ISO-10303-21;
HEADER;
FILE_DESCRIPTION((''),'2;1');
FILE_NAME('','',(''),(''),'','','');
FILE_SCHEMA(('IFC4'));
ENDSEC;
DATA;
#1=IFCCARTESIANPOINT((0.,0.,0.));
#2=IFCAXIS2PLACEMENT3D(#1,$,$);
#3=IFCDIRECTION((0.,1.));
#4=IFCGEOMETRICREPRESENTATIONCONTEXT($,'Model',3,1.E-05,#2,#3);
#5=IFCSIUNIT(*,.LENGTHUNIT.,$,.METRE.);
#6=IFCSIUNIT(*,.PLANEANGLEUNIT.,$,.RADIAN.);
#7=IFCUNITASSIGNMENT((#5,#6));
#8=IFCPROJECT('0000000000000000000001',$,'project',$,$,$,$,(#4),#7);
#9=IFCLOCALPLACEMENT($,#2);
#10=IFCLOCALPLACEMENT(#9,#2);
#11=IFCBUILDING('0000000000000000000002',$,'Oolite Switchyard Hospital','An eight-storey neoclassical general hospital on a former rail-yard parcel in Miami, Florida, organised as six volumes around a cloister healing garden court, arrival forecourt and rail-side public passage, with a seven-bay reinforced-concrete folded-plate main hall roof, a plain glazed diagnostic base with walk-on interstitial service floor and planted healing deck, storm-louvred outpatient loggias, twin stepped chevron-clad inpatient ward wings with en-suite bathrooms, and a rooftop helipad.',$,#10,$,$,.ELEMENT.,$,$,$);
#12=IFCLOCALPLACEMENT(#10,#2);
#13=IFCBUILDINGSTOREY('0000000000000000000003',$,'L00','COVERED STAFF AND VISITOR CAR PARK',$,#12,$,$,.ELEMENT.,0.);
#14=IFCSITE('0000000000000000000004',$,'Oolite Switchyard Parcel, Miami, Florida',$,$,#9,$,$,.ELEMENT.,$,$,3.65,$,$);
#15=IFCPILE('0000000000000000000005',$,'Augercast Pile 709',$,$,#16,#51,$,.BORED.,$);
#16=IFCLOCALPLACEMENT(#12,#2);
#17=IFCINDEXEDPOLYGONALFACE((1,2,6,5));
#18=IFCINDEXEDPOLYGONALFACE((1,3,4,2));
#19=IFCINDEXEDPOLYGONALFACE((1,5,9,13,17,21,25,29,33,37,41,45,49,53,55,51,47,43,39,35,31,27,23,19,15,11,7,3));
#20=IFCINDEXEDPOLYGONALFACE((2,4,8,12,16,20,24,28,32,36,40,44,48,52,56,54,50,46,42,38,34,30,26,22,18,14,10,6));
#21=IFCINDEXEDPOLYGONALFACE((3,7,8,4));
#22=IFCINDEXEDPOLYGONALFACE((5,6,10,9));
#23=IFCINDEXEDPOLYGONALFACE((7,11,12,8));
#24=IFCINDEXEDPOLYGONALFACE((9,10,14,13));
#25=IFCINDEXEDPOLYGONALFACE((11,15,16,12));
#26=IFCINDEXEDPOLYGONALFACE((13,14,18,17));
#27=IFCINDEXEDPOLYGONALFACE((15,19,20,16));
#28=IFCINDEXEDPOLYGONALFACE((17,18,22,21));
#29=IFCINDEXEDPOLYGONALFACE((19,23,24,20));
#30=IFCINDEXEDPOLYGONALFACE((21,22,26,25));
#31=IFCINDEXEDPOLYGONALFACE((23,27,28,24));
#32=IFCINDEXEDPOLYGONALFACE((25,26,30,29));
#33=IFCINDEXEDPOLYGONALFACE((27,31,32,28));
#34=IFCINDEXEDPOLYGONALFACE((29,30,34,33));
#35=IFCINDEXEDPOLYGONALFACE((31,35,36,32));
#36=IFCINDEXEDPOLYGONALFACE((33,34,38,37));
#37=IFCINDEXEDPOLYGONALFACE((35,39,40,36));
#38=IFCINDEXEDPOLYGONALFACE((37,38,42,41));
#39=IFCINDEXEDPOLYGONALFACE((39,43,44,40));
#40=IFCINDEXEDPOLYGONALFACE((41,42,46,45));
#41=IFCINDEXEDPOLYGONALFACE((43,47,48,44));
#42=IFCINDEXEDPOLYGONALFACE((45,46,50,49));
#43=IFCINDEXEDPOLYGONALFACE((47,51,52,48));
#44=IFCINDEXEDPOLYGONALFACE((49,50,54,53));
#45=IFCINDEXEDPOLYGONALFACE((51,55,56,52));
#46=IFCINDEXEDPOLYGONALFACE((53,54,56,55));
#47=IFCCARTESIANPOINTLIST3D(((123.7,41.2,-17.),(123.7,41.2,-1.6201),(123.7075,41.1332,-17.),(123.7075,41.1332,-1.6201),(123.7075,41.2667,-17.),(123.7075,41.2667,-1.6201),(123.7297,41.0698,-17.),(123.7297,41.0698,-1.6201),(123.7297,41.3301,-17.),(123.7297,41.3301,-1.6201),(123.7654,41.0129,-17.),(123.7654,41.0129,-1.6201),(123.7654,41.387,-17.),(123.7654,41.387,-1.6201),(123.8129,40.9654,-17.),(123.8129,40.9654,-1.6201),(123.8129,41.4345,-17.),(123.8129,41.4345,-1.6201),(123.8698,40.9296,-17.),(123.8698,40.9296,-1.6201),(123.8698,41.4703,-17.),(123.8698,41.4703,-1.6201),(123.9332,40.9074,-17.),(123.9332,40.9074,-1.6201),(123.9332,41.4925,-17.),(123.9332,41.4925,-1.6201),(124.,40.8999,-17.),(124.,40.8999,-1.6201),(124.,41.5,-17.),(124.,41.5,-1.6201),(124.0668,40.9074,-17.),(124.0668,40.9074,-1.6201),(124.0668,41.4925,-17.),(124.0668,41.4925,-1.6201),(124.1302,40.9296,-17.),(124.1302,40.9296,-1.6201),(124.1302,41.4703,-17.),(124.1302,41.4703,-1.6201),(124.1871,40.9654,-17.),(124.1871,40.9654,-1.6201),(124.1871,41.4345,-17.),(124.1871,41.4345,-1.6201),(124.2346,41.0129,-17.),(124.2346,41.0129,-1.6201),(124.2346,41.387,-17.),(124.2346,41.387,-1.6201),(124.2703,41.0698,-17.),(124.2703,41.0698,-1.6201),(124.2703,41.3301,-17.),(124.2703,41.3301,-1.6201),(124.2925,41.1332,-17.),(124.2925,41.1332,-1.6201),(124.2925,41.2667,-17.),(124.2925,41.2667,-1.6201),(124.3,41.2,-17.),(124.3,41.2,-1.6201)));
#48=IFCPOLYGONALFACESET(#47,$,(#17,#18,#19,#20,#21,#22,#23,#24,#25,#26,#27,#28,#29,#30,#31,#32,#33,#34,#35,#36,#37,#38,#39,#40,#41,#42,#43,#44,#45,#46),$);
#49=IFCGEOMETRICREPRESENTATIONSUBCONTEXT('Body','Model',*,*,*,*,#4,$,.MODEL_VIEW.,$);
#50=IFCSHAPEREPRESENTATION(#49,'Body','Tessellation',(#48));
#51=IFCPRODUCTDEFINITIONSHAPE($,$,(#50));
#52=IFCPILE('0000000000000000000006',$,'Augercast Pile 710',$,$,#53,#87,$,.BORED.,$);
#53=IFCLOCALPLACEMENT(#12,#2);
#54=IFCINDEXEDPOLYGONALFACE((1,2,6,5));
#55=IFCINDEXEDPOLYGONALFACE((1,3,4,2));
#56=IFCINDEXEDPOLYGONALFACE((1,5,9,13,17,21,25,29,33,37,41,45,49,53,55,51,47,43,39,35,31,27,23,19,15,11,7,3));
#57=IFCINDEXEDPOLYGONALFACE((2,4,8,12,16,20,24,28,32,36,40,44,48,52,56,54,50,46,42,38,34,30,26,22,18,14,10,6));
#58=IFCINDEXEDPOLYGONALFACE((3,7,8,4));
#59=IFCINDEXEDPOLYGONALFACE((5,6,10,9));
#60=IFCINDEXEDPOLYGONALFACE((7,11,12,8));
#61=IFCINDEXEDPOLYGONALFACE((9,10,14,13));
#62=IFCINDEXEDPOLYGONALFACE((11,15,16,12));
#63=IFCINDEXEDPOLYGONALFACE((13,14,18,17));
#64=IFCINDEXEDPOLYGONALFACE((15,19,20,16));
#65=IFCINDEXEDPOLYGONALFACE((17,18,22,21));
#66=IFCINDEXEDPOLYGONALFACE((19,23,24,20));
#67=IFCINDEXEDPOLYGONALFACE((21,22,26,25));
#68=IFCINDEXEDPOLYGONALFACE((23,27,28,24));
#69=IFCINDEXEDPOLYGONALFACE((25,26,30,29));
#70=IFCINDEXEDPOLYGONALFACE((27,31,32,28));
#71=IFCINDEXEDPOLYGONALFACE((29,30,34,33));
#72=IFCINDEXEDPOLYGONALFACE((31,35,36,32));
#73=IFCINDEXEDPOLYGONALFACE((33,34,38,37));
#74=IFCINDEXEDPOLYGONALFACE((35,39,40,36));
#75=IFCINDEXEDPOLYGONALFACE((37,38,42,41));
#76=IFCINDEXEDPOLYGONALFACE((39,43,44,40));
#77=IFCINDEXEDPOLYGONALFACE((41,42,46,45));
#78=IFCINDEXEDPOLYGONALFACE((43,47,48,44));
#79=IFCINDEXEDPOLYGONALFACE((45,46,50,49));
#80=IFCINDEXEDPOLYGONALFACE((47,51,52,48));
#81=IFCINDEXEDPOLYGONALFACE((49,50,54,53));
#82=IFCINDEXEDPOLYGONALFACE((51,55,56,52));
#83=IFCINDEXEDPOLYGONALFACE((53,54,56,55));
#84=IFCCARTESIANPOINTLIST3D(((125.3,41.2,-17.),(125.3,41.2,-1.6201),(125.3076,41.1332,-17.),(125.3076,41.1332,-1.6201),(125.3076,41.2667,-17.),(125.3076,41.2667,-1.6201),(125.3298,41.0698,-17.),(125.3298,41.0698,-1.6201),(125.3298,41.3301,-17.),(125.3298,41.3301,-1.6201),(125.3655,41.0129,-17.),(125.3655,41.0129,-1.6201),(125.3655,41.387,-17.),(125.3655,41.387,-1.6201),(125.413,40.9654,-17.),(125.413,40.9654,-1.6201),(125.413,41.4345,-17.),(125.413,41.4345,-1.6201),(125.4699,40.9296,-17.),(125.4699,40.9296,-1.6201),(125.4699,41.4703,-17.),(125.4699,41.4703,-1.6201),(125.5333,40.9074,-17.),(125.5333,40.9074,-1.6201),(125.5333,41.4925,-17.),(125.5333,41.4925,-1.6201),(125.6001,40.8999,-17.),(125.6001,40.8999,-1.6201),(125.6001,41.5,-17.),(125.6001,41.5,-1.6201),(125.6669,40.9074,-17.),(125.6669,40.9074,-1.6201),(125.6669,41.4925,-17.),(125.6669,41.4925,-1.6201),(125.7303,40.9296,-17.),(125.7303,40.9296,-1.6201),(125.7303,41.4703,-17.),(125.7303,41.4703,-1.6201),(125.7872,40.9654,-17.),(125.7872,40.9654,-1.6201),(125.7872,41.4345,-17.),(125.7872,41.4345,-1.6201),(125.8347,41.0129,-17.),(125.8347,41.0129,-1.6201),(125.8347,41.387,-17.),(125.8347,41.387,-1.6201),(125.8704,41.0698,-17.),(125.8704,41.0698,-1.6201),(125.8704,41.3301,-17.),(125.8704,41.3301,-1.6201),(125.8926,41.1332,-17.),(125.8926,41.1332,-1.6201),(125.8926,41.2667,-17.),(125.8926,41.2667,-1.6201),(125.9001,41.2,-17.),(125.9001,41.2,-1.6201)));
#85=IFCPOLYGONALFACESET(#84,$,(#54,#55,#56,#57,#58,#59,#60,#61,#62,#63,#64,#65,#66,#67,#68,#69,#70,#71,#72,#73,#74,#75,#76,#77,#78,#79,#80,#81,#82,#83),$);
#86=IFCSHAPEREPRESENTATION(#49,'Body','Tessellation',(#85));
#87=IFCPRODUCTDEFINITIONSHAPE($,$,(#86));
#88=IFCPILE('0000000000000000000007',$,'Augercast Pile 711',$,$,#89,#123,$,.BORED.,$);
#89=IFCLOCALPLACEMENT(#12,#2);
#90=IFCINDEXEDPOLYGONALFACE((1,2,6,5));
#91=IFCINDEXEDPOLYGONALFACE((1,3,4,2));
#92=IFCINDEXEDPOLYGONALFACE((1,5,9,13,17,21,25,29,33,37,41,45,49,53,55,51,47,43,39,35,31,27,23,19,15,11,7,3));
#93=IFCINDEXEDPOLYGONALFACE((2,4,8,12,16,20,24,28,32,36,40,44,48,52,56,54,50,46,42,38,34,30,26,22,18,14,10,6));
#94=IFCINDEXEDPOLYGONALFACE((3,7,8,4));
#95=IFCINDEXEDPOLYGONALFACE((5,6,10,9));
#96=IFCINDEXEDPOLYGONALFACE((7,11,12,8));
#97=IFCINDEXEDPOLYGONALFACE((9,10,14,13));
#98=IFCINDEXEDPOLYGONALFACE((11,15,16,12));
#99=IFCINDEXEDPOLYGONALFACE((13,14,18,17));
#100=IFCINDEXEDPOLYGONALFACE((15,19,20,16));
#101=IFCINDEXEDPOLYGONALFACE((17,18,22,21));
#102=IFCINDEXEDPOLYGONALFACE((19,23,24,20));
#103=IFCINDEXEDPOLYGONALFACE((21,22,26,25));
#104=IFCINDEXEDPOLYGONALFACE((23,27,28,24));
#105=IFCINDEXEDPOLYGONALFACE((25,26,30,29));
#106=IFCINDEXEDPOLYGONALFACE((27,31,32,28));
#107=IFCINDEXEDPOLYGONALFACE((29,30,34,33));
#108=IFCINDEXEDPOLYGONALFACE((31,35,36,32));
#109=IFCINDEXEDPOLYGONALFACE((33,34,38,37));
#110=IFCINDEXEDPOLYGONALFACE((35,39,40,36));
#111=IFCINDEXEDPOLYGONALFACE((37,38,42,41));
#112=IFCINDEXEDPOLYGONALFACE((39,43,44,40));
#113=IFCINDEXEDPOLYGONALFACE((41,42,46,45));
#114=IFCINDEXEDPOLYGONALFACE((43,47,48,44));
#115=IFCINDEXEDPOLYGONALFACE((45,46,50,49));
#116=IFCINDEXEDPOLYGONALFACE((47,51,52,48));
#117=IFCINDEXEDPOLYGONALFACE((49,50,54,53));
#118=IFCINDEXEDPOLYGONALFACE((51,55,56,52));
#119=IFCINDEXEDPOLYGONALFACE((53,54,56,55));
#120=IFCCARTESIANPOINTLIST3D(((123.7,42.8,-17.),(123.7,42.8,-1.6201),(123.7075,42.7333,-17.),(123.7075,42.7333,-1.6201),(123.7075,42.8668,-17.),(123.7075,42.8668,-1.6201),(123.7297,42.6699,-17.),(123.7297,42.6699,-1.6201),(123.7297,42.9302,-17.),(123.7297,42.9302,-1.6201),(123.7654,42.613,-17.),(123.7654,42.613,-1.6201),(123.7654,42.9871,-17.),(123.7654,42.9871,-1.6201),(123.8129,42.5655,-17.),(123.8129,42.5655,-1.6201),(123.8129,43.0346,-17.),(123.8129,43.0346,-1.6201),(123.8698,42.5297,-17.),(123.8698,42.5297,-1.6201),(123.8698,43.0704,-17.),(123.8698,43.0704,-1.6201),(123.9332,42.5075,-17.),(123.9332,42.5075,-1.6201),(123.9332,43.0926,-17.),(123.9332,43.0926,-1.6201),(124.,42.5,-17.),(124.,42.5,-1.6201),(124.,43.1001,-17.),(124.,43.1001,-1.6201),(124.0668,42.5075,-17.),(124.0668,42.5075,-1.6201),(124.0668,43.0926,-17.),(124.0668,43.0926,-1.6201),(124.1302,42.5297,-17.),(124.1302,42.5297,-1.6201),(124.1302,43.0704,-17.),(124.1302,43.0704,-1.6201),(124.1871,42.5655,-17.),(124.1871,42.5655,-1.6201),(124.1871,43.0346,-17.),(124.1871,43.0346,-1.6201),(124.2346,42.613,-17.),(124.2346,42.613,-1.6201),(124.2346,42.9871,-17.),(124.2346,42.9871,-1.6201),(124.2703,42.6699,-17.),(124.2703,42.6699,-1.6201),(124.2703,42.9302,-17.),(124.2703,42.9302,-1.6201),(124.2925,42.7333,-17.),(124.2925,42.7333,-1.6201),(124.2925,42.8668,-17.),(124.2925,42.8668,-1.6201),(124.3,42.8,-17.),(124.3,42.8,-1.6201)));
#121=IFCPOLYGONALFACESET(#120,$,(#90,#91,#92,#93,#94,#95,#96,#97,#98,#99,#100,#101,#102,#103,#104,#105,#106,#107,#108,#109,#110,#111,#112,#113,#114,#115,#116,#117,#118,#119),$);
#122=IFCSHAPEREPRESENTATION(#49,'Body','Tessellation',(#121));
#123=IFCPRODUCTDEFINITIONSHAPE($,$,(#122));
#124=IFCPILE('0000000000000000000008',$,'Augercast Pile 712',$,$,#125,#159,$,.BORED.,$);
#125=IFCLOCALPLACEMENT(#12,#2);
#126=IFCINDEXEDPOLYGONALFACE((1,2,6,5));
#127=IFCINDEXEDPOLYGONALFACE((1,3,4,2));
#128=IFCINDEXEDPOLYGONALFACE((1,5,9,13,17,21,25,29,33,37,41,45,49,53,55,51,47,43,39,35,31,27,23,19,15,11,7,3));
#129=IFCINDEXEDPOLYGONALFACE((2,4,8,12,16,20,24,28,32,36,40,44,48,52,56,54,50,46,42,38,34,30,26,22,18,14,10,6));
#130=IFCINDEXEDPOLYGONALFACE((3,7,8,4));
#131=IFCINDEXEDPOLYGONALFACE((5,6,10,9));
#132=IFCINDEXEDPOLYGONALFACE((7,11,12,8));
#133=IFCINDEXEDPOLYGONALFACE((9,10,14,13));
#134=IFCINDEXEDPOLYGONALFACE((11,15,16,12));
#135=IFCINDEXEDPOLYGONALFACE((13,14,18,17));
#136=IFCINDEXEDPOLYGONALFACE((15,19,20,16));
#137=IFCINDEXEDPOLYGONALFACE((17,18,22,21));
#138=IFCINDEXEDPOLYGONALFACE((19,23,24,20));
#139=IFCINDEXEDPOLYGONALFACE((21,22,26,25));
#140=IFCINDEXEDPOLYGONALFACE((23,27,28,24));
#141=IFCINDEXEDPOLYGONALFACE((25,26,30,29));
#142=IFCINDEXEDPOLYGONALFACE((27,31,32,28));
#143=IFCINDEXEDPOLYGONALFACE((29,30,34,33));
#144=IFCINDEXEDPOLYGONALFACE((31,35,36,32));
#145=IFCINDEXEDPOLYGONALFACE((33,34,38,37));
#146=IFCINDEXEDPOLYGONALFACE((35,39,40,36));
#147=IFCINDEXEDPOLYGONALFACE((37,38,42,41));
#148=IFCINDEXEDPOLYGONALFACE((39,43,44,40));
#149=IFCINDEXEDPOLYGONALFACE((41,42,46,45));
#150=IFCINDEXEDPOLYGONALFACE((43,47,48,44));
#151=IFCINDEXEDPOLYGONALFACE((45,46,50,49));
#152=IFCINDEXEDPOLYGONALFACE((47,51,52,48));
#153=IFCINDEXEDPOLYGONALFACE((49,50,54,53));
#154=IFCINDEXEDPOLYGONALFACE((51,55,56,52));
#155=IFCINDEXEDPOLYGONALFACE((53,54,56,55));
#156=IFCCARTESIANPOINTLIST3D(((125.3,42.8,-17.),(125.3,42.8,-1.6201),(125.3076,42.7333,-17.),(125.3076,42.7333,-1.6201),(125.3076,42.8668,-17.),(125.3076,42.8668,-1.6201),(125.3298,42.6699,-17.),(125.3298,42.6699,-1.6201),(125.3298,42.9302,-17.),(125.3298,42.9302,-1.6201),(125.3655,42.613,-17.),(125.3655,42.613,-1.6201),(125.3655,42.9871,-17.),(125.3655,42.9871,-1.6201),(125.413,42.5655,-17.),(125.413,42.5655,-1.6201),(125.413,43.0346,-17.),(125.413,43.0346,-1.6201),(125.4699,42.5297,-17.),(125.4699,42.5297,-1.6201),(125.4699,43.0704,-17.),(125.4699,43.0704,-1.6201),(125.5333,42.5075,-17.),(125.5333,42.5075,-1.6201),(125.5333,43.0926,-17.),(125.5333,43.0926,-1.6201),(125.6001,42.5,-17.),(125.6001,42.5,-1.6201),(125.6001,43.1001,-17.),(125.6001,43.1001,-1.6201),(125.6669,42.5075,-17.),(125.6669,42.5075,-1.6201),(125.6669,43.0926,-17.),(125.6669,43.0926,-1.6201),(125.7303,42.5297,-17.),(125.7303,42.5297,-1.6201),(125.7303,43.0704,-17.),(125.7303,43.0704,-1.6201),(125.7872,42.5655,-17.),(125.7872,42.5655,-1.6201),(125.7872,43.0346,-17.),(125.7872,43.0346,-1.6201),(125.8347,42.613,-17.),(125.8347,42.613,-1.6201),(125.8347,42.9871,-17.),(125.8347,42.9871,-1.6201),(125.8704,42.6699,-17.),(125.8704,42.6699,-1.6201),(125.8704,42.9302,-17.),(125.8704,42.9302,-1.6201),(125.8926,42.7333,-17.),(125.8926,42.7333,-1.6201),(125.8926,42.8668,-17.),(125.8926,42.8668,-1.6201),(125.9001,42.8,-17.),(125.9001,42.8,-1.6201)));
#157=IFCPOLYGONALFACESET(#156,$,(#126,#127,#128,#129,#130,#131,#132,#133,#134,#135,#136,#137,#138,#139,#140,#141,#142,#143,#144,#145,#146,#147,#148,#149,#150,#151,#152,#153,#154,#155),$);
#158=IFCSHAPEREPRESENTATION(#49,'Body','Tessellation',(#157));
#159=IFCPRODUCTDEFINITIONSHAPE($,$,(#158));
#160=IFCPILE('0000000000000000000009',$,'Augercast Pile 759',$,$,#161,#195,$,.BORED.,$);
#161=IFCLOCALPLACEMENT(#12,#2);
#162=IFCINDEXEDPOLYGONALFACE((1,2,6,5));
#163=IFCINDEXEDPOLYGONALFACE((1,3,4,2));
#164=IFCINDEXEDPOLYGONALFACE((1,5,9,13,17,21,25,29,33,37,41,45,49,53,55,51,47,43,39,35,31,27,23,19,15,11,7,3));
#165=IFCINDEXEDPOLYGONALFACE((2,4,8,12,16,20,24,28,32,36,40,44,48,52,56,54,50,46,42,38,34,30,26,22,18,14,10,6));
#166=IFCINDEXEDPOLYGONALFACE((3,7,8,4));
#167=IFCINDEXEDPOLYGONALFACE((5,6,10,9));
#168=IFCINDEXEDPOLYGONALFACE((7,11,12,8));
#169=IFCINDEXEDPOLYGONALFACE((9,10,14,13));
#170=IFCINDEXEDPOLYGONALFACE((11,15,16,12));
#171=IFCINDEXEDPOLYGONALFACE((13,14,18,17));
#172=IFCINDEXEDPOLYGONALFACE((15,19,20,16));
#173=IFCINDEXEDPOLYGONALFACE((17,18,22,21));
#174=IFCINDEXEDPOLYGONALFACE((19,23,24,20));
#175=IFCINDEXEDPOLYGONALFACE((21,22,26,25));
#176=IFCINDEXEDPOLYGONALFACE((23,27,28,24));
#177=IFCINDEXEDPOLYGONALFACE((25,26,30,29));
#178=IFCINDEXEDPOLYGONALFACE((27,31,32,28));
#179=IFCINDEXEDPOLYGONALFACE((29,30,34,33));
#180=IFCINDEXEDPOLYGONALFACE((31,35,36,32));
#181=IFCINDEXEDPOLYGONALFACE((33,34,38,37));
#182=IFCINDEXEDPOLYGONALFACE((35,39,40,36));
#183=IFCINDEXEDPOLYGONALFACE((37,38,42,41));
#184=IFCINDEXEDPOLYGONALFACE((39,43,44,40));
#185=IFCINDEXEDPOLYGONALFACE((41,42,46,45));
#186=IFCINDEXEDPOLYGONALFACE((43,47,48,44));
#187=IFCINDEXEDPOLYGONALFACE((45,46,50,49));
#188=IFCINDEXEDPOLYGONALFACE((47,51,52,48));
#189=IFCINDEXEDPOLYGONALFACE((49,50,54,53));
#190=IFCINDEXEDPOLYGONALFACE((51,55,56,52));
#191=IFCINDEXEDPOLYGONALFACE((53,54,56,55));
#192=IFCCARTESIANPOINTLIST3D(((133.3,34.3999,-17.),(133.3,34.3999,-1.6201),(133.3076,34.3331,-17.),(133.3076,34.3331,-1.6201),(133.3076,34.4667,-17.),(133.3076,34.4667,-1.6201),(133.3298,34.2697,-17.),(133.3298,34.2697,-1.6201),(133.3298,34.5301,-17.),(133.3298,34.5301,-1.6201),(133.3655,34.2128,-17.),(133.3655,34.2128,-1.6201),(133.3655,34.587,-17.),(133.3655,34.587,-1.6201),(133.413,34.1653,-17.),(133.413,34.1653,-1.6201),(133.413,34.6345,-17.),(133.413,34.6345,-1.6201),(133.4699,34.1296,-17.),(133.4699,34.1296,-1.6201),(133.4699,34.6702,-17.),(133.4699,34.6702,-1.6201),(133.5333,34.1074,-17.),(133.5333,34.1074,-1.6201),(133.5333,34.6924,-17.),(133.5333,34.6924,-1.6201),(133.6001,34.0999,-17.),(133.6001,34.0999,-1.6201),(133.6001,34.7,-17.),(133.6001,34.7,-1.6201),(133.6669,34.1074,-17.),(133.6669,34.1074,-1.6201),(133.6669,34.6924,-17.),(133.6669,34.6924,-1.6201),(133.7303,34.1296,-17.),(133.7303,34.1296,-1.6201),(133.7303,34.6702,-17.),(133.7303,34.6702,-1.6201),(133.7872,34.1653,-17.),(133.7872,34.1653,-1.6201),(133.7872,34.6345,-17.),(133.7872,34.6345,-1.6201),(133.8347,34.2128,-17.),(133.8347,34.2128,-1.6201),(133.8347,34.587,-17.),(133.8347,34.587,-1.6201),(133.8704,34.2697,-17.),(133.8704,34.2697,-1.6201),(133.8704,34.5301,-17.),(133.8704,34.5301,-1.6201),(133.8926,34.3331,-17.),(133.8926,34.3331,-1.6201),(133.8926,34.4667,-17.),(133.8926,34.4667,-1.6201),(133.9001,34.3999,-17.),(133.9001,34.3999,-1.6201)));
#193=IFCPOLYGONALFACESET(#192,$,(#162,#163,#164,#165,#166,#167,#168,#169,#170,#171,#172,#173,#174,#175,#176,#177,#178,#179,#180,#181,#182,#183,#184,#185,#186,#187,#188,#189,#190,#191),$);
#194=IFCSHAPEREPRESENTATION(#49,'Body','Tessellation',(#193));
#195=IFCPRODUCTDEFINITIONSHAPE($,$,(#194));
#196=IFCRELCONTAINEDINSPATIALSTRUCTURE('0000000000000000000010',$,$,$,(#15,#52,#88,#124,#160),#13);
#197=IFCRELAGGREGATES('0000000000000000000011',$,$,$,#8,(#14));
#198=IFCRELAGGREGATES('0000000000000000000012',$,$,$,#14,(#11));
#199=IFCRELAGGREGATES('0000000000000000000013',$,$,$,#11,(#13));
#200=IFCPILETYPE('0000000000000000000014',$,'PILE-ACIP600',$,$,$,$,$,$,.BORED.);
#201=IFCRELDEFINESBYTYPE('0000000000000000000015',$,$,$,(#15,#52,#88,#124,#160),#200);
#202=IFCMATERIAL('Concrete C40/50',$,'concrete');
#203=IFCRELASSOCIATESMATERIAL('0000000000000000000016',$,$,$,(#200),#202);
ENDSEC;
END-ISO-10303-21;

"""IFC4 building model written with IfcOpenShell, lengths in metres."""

from ifc_helpers import new_model, si_unit, direction, frame, origin, origin_2d, place, context, subcontext, project, spatial, circle, extrude, material, material_profile, profile_set, type_object, element, save


model = new_model("IFC4")

# Units and contexts
model_context = context("Model", 3, precision=1e-05, world=origin(), true_north=direction((0.0, 1.0)))
body_context = subcontext(model_context, "Body", "Model", "MODEL_VIEW")
ifc_project = project(units=[si_unit("LENGTHUNIT", "METRE"), si_unit("PLANEANGLEUNIT", "RADIAN")], contexts=[model_context])

# Site, building, storey
site_placement = place(None, origin())
site = spatial("IfcSite", under=ifc_project, at=site_placement, Name="Oolite Switchyard Parcel, Miami, Florida", CompositionType="ELEMENT", RefElevation=3.65)
building_placement = place(site_placement, origin())
building = spatial("IfcBuilding", under=site, at=building_placement, Name="Oolite Switchyard Hospital", Description="An eight-storey neoclassical general hospital on a former rail-yard parcel in Miami, Florida, organised as six volumes around a cloister healing garden court, arrival forecourt and rail-side public passage, with a seven-bay reinforced-concrete folded-plate main hall roof, a plain glazed diagnostic base with walk-on interstitial service floor and planted healing deck, storm-louvred outpatient loggias, twin stepped chevron-clad inpatient ward wings with en-suite bathrooms, and a rooftop helipad.", CompositionType="ELEMENT")
storey_placement = place(building_placement, origin())
storey = spatial("IfcBuildingStorey", under=building, at=storey_placement, Name="L00", Description="COVERED STAFF AND VISITOR CAR PARK", CompositionType="ELEMENT", Elevation=0.0)

# Shared definitions
ifc_material_1 = material(Name="Concrete C40/50", Category="concrete")

# Piles
ifc_material_profile_1 = material_profile(ifc_material_1, circle(Radius=0.3, at=origin_2d()), Name="PILE600")
ifc_profile_set_1 = profile_set([ifc_material_profile_1], Name="Concrete C40/50")
pile_type = type_object("IfcPileType", Name="PILE-ACIP600", PredefinedType="BORED", material=ifc_profile_set_1)
for number, where, z_axis, x_axis, name in (
    (1, (124.0, 41.2, -1.6201), (0.0, 0.0, -1.0), (1.0, 0.0, 0.0), "Augercast Pile 709"),
    (2, (125.6001, 41.2, -1.6201), (0.0, 0.0, -1.0), (1.0, 0.0, 0.0), "Augercast Pile 710"),
    (3, (124.0, 42.8, -1.6201), (0.0, 0.0, -1.0), (1.0, 0.0, 0.0), "Augercast Pile 711"),
    (4, (125.6001, 42.8, -1.6201), (0.0, 0.0, -1.0), (1.0, 0.0, 0.0), "Augercast Pile 712"),
    (5, (133.6001, 34.3999, -1.6201), (0.0, 0.0, -1.0), (1.0, 0.0, 0.0), "Augercast Pile 759"),
):
    element("IfcPile", number, at=place(storey_placement, frame(where, z_axis=z_axis, x_axis=x_axis)), inside=storey, type_object=pile_type, Name=name, PredefinedType="BORED", context=body_context, shape_type="SweptSolid", body=[
        extrude(circle(Radius=0.3, at=origin_2d()), origin(), (0.0, 0.0, 1.0), 15.3799),
    ])

save(model, "model.ifc")
